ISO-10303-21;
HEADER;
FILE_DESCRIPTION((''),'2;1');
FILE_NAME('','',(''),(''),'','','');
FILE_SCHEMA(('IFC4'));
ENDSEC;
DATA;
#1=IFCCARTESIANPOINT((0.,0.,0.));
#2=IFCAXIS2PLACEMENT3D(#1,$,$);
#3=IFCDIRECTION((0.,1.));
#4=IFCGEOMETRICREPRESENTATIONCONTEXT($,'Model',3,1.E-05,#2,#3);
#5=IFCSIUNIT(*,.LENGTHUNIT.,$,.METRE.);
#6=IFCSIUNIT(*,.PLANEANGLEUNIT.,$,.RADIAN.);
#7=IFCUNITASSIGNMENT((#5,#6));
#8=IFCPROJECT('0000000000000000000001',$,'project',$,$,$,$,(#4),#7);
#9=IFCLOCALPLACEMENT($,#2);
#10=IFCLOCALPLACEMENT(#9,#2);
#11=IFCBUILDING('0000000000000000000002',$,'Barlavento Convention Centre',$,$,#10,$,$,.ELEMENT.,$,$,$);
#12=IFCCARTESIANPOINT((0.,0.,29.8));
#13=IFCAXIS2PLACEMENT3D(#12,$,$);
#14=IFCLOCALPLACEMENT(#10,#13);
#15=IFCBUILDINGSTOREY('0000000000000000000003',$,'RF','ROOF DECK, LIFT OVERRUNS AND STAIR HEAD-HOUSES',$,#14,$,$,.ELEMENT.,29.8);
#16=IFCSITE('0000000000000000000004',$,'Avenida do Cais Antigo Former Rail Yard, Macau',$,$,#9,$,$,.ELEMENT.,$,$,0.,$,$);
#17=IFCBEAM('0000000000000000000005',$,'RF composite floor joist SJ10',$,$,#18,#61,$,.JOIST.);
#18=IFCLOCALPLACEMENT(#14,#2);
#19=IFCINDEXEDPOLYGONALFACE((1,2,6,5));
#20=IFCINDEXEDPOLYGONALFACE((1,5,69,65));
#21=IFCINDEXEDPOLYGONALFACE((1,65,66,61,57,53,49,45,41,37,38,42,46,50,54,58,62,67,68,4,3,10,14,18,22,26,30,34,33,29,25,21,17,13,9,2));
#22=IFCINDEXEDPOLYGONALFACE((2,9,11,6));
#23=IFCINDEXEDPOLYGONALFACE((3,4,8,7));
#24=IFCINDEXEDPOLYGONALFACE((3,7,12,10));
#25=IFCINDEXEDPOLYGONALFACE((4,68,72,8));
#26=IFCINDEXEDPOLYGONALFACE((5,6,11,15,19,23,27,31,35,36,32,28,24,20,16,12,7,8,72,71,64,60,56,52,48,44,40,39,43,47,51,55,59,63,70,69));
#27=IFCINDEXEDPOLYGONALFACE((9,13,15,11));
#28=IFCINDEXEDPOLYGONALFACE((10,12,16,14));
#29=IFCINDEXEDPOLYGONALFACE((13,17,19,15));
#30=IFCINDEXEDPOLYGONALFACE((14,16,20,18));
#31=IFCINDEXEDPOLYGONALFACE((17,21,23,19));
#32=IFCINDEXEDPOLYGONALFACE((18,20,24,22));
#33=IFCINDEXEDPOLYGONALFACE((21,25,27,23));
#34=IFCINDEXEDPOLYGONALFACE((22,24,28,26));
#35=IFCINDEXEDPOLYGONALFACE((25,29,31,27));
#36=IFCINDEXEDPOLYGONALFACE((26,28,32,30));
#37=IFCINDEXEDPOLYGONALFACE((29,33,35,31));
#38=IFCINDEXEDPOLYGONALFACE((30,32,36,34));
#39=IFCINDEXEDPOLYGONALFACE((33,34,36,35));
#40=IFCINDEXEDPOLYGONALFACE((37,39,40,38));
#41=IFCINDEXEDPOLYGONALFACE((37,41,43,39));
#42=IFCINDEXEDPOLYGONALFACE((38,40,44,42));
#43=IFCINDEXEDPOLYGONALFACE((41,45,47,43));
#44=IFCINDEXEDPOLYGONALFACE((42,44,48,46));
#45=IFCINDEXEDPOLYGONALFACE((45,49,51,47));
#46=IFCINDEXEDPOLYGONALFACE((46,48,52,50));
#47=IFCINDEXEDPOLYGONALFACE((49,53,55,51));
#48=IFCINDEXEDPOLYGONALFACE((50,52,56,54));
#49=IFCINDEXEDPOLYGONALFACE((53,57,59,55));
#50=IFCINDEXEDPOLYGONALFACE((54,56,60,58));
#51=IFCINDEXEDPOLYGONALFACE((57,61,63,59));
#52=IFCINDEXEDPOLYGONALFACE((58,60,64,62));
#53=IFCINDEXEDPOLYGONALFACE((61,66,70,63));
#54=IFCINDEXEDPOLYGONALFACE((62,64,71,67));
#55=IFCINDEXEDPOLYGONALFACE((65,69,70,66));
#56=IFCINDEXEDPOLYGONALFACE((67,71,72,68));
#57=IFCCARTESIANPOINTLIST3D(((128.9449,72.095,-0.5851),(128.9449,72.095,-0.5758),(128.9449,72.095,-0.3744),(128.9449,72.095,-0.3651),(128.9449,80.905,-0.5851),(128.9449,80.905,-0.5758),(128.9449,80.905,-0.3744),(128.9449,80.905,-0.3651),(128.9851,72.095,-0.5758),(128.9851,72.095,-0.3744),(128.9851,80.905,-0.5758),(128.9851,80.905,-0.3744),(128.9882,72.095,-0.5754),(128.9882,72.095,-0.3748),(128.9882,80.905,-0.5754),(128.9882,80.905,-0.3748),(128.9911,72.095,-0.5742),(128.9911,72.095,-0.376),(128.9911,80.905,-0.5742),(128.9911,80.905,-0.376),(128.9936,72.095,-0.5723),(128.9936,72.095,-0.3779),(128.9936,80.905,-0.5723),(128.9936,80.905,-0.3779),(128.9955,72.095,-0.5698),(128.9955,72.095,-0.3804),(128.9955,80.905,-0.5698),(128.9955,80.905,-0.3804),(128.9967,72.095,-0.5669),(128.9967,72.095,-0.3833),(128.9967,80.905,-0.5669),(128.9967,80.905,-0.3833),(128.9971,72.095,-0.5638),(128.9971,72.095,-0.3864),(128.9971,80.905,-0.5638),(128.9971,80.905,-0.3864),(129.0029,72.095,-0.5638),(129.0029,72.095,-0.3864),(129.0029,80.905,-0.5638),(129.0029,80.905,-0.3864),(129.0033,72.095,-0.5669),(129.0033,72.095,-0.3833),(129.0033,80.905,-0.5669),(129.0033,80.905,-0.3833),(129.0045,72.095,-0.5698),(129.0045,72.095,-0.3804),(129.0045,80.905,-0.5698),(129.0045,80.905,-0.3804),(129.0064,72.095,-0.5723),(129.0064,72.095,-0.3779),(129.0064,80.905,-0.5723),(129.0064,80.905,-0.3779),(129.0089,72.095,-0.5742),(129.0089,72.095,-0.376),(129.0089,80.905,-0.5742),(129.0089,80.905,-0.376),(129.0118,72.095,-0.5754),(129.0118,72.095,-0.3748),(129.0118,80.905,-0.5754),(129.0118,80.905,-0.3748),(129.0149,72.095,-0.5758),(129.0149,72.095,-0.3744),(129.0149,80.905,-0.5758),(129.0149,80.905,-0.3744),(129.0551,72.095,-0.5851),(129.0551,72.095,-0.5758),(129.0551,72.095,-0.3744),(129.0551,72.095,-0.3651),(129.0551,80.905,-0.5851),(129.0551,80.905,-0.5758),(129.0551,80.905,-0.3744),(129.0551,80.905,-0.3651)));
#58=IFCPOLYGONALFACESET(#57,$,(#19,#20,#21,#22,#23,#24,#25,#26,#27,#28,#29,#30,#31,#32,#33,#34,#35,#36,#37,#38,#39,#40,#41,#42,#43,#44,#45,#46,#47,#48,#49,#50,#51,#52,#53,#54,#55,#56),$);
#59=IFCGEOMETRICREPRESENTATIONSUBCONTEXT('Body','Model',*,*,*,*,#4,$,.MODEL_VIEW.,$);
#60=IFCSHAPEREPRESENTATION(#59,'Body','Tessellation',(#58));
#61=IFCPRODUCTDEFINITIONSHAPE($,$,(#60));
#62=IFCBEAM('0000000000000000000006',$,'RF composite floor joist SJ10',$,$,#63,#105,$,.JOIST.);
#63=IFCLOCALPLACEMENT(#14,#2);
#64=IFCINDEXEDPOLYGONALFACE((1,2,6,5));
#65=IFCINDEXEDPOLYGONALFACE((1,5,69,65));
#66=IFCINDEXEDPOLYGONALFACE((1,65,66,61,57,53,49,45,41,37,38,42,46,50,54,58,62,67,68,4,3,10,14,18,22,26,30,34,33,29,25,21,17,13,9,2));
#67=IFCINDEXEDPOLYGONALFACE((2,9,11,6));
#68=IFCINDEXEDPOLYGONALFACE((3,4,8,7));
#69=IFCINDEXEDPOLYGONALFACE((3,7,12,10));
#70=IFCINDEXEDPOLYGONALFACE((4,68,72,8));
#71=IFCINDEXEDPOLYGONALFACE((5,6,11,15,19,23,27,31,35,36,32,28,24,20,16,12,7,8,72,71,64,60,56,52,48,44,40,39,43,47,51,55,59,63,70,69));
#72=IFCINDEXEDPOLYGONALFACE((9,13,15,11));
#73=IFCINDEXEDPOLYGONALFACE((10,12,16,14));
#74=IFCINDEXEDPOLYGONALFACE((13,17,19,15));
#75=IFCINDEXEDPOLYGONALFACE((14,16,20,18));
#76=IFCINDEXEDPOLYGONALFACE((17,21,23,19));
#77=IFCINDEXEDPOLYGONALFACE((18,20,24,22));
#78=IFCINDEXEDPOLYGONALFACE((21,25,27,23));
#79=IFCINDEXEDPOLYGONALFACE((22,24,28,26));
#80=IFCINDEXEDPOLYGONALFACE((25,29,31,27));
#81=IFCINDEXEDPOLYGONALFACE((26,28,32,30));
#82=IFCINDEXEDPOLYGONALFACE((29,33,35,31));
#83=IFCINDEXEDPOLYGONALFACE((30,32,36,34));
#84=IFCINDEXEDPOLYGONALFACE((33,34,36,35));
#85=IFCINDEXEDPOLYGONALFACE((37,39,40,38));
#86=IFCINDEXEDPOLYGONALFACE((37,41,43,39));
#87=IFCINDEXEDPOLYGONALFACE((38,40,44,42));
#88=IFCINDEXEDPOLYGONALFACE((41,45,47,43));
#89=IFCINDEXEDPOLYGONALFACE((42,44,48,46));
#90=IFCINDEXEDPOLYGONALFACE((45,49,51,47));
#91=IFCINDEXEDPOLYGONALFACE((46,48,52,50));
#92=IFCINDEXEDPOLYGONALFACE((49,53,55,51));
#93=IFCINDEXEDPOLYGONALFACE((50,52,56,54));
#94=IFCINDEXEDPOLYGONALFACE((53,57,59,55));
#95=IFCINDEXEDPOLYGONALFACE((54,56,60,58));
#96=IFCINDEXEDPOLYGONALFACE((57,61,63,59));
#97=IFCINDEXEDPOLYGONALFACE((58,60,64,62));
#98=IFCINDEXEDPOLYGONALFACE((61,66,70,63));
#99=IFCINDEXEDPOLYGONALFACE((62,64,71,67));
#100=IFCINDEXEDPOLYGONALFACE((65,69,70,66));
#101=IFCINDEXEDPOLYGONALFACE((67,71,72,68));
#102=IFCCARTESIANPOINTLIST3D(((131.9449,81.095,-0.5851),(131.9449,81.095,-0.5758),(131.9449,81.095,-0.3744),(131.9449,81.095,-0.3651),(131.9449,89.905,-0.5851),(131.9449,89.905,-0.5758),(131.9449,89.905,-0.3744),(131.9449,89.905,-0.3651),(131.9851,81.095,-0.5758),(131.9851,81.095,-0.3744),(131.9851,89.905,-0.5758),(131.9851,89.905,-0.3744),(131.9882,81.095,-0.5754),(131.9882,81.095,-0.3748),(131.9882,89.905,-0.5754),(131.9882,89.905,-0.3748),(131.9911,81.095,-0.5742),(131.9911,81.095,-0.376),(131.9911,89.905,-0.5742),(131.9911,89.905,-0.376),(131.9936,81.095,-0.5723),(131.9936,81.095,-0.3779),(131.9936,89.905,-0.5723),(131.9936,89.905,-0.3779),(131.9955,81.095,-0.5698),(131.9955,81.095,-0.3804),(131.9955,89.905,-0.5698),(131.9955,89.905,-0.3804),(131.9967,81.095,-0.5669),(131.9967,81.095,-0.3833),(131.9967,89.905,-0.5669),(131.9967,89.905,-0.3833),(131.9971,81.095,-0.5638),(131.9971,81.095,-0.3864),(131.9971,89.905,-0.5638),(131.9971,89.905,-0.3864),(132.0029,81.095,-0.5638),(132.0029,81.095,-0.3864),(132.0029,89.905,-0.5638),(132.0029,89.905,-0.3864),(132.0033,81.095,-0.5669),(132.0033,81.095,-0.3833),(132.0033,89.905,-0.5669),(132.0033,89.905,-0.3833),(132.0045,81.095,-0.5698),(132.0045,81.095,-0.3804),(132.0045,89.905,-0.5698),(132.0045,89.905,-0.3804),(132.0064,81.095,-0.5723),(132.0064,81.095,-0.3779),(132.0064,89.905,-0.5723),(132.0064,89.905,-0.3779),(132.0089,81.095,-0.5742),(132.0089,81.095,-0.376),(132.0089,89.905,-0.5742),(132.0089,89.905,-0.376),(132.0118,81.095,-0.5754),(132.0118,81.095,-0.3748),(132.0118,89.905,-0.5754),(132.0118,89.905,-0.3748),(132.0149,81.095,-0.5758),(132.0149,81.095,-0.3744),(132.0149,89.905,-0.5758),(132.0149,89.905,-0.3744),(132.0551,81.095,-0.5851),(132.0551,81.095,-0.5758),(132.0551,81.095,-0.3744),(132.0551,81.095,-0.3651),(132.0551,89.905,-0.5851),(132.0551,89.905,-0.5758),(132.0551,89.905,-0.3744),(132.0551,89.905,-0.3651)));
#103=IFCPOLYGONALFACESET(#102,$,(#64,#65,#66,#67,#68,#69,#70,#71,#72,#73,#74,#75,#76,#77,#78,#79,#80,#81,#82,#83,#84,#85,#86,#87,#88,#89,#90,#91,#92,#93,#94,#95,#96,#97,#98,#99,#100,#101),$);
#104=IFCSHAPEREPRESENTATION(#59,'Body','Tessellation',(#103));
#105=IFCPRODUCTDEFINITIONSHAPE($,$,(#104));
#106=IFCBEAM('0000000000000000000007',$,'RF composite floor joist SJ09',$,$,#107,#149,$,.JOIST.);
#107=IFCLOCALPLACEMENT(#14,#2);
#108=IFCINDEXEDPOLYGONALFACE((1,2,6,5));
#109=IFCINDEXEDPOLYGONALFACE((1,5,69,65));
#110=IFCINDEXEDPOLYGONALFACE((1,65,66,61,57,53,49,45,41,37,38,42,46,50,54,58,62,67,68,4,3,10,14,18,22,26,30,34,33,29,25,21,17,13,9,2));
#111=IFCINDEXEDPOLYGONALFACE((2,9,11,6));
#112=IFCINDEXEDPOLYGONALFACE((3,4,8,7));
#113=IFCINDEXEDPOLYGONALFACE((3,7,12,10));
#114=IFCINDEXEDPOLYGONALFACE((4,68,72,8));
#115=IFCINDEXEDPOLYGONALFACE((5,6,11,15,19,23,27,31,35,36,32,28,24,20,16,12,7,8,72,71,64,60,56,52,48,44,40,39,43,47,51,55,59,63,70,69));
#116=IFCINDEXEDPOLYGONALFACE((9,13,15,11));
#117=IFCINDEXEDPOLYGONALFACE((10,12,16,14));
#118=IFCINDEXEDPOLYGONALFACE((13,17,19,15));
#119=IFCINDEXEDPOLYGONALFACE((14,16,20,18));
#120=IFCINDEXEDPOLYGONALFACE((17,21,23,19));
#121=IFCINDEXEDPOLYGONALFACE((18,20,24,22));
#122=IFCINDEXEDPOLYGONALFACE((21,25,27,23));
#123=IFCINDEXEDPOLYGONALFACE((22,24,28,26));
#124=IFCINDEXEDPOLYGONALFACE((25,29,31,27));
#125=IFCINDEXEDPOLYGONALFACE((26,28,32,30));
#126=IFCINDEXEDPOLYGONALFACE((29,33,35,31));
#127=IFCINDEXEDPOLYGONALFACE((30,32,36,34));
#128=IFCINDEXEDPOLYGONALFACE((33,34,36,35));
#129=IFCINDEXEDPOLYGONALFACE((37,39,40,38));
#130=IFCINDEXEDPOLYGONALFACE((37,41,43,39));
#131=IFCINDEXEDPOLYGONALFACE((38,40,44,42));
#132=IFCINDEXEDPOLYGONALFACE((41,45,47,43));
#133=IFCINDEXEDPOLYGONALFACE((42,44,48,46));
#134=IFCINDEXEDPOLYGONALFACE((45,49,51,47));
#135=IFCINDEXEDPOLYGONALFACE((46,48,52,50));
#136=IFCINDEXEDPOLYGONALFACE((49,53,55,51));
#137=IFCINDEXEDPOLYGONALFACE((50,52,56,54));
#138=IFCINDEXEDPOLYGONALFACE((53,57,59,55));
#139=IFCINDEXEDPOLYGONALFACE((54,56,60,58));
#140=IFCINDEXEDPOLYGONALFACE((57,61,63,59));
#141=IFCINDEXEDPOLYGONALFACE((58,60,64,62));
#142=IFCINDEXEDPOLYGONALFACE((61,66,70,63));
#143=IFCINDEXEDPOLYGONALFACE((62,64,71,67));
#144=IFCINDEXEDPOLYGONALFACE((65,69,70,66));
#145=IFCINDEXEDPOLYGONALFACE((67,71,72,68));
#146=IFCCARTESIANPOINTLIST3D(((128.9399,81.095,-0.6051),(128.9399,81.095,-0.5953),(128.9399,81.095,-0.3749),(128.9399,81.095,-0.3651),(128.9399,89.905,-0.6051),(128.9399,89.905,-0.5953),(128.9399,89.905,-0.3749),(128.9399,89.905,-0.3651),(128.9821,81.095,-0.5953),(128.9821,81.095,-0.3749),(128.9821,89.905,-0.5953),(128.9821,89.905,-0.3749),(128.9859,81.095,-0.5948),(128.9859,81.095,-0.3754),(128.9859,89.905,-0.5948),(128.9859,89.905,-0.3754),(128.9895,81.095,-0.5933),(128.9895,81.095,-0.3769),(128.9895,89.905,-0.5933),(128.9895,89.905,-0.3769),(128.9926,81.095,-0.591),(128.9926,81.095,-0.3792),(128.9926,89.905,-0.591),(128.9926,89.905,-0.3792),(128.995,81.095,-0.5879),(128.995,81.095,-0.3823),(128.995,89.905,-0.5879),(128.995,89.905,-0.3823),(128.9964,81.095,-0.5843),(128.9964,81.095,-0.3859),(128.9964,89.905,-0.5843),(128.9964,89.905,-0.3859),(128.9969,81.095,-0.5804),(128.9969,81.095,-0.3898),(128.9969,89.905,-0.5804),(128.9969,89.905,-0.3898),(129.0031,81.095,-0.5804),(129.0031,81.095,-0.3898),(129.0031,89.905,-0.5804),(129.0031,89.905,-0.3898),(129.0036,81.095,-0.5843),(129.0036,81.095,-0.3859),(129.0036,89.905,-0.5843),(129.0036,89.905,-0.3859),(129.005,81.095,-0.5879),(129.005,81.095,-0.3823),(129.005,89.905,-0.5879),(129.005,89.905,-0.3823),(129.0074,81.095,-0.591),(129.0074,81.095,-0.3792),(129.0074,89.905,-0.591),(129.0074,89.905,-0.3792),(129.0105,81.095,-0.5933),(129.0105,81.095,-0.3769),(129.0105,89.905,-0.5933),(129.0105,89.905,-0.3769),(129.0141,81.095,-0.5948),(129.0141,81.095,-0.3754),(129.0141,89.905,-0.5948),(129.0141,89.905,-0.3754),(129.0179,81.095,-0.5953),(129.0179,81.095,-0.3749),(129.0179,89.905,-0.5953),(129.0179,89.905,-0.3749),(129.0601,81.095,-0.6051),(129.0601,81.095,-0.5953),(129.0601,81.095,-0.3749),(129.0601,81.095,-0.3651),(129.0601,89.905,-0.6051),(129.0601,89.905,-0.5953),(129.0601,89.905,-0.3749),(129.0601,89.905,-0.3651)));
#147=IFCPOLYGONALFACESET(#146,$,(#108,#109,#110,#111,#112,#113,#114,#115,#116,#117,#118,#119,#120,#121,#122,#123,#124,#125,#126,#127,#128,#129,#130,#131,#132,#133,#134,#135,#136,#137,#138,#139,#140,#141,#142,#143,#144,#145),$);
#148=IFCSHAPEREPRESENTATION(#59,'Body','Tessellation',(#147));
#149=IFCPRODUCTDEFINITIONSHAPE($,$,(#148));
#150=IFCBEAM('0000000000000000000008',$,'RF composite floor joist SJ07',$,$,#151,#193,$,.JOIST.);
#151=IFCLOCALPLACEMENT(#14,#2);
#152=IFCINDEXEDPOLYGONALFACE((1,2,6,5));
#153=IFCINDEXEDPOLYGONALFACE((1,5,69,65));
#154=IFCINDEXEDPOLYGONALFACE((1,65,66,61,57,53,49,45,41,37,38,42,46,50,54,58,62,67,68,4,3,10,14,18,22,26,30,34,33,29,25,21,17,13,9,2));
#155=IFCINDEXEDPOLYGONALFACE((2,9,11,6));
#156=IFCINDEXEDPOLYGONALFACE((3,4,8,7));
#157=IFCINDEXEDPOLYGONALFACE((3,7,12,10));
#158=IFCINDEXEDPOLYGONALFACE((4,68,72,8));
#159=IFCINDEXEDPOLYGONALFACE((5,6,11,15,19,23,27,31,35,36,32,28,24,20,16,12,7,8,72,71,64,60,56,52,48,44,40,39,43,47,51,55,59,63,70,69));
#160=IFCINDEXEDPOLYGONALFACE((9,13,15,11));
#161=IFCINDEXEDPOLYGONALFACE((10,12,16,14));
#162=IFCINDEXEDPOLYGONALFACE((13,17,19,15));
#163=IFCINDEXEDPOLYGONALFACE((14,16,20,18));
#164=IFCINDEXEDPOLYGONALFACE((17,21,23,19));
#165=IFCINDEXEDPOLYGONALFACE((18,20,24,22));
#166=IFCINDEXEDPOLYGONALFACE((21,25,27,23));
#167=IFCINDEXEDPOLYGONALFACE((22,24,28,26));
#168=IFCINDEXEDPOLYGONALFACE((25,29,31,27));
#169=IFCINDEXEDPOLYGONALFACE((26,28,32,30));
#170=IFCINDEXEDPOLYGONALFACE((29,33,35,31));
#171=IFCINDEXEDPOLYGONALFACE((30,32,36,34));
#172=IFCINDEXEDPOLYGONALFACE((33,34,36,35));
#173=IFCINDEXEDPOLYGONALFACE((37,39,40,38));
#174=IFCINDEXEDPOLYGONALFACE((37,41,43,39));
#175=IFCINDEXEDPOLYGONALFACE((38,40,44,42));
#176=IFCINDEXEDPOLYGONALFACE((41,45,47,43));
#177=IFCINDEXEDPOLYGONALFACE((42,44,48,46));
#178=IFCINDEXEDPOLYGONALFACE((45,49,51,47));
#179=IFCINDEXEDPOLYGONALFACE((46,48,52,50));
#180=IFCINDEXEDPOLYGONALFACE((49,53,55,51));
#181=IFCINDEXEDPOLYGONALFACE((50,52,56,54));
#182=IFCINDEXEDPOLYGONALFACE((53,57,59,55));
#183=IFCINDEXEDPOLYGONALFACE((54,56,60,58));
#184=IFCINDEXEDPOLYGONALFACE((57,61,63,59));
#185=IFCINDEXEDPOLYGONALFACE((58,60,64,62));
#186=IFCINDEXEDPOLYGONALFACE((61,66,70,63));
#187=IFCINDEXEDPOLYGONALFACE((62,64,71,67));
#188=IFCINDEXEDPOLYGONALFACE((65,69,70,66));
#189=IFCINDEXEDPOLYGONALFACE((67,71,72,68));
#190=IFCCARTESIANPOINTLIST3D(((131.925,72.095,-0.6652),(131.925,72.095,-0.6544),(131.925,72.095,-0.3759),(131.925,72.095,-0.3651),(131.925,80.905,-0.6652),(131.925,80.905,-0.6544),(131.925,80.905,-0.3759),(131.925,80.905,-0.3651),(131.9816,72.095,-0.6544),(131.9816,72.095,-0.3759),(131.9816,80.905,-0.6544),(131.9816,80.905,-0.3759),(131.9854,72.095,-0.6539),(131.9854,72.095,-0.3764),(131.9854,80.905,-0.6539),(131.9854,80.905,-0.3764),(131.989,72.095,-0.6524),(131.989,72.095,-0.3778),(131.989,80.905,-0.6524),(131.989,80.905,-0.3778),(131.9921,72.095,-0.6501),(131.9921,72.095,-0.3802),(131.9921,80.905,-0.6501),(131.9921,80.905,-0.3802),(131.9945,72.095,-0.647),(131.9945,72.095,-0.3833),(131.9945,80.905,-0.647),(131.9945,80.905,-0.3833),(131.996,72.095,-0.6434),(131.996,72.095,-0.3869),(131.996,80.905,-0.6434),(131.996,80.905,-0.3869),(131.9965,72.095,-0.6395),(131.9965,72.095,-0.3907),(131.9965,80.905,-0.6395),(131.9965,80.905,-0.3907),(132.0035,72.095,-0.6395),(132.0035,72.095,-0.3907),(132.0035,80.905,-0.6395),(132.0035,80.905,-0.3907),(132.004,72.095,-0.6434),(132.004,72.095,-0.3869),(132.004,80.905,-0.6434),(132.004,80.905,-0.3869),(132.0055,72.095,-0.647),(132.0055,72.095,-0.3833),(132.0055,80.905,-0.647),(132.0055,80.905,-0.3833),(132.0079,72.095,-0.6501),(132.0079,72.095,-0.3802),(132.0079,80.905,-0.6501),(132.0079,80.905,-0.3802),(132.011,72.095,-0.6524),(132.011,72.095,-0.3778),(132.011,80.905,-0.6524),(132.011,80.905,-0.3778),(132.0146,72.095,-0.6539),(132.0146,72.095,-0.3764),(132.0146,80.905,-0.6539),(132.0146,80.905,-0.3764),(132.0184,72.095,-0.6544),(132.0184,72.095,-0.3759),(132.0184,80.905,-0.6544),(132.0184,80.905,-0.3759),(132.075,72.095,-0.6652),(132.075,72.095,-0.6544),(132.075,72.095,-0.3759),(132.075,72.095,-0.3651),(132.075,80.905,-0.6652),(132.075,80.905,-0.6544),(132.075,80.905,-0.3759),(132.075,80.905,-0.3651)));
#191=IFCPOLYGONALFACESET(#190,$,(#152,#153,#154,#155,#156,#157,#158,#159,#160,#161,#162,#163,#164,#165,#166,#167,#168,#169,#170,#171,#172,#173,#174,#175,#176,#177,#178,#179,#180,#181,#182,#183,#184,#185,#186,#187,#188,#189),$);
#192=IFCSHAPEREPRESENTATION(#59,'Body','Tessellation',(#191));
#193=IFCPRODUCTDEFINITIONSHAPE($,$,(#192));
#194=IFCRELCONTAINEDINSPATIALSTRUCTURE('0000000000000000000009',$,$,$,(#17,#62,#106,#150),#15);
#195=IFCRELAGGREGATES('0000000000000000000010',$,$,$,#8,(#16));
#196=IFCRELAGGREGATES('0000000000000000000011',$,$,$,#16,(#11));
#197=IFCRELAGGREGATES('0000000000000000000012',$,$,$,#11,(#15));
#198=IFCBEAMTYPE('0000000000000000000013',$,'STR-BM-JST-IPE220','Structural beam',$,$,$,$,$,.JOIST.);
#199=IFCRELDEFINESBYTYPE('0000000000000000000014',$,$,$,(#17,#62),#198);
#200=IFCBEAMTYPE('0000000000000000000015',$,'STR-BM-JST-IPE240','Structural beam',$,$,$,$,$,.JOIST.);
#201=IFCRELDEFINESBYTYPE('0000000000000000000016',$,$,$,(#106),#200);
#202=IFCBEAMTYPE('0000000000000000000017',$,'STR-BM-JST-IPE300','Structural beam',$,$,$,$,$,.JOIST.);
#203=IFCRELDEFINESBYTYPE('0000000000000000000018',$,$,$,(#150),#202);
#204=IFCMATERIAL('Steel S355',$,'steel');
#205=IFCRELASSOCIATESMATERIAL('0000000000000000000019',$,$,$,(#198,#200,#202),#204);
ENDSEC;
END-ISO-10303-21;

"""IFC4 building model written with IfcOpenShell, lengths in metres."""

from ifc_helpers import new_model, si_unit, direction, frame, origin, origin_2d, place, context, subcontext, project, spatial, i_section, extrude, material, material_profile, profile_set, type_object, element, save


model = new_model("IFC4")

# Units and contexts
model_context = context("Model", 3, precision=1e-05, world=origin(), true_north=direction((0.0, 1.0)))
body_context = subcontext(model_context, "Body", "Model", "MODEL_VIEW")
ifc_project = project(units=[si_unit("LENGTHUNIT", "METRE"), si_unit("PLANEANGLEUNIT", "RADIAN")], contexts=[model_context])

# Site, building, storey
site_placement = place(None, origin())
site = spatial("IfcSite", under=ifc_project, at=site_placement, Name="Avenida do Cais Antigo Former Rail Yard, Macau", CompositionType="ELEMENT", RefElevation=0.0)
building_placement = place(site_placement, origin())
building = spatial("IfcBuilding", under=site, at=building_placement, Name="Barlavento Convention Centre", CompositionType="ELEMENT")
storey_placement = place(building_placement, frame((0.0, 0.0, 29.8)))
storey = spatial("IfcBuildingStorey", under=building, at=storey_placement, Name="RF", Description="ROOF DECK, LIFT OVERRUNS AND STAIR HEAD-HOUSES", CompositionType="ELEMENT", Elevation=29.8)

# Beams
ifc_material_1 = material(Name="Steel S355", Category="steel")
ifc_material_profile_1 = material_profile(ifc_material_1, i_section(OverallWidth=0.1101, OverallDepth=0.22, WebThickness=0.0059, FlangeThickness=0.0093, FilletRadius=0.012, at=origin_2d()), Name="IPE 220")
ifc_profile_set_1 = profile_set([ifc_material_profile_1], Name="Steel S355")
beam_type_1 = type_object("IfcBeamType", Name="STR-BM-JST-IPE220", Description="Structural beam", PredefinedType="JOIST", material=ifc_profile_set_1)
for number, where, z_axis, x_axis, name in (
    (1, (129.0, 72.095, -0.4751), (0.0, 1.0, 0.0), (-1.0, 0.0, 0.0), "RF composite floor joist SJ10"),
    (2, (132.0, 81.095, -0.4751), (0.0, 1.0, 0.0), (-1.0, 0.0, 0.0), "RF composite floor joist SJ10"),
):
    element("IfcBeam", number, at=place(storey_placement, frame(where, z_axis=z_axis, x_axis=x_axis)), inside=storey, type_object=beam_type_1, Name=name, PredefinedType="JOIST", context=body_context, shape_type="SweptSolid", body=[
        extrude(i_section(OverallWidth=0.1101, OverallDepth=0.22, WebThickness=0.0059, FlangeThickness=0.0093, FilletRadius=0.012, at=origin_2d()), origin(), (0.0, 0.0, 1.0), 8.8101),
    ])
ifc_material_profile_2 = material_profile(ifc_material_1, i_section(OverallWidth=0.1201, OverallDepth=0.24, WebThickness=0.0061, FlangeThickness=0.0098, FilletRadius=0.0149, at=origin_2d()), Name="IPE 240")
ifc_profile_set_2 = profile_set([ifc_material_profile_2], Name="Steel S355")
beam_type_2 = type_object("IfcBeamType", Name="STR-BM-JST-IPE240", Description="Structural beam", PredefinedType="JOIST", material=ifc_profile_set_2)
beam_1_placement = place(storey_placement, frame((129.0, 81.095, -0.4851), z_axis=(0.0, 1.0, 0.0), x_axis=(-1.0, 0.0, 0.0)))
element("IfcBeam", 3, at=beam_1_placement, inside=storey, type_object=beam_type_2, Name="RF composite floor joist SJ09", PredefinedType="JOIST", context=body_context, shape_type="SweptSolid", body=[
    extrude(i_section(OverallWidth=0.1201, OverallDepth=0.24, WebThickness=0.0061, FlangeThickness=0.0098, FilletRadius=0.0149, at=origin_2d()), origin(), (0.0, 0.0, 1.0), 8.8101),
])
ifc_material_profile_3 = material_profile(ifc_material_1, i_section(OverallWidth=0.1499, OverallDepth=0.3, WebThickness=0.0071, FlangeThickness=0.0107, FilletRadius=0.0149, at=origin_2d()), Name="IPE 300")
ifc_profile_set_3 = profile_set([ifc_material_profile_3], Name="Steel S355")
beam_type_3 = type_object("IfcBeamType", Name="STR-BM-JST-IPE300", Description="Structural beam", PredefinedType="JOIST", material=ifc_profile_set_3)
beam_2_placement = place(storey_placement, frame((132.0, 72.095, -0.5151), z_axis=(0.0, 1.0, 0.0), x_axis=(-1.0, 0.0, 0.0)))
element("IfcBeam", 4, at=beam_2_placement, inside=storey, type_object=beam_type_3, Name="RF composite floor joist SJ07", PredefinedType="JOIST", context=body_context, shape_type="SweptSolid", body=[
    extrude(i_section(OverallWidth=0.1499, OverallDepth=0.3, WebThickness=0.0071, FlangeThickness=0.0107, FilletRadius=0.0149, at=origin_2d()), origin(), (0.0, 0.0, 1.0), 8.8101),
])

save(model, "model.ifc")
